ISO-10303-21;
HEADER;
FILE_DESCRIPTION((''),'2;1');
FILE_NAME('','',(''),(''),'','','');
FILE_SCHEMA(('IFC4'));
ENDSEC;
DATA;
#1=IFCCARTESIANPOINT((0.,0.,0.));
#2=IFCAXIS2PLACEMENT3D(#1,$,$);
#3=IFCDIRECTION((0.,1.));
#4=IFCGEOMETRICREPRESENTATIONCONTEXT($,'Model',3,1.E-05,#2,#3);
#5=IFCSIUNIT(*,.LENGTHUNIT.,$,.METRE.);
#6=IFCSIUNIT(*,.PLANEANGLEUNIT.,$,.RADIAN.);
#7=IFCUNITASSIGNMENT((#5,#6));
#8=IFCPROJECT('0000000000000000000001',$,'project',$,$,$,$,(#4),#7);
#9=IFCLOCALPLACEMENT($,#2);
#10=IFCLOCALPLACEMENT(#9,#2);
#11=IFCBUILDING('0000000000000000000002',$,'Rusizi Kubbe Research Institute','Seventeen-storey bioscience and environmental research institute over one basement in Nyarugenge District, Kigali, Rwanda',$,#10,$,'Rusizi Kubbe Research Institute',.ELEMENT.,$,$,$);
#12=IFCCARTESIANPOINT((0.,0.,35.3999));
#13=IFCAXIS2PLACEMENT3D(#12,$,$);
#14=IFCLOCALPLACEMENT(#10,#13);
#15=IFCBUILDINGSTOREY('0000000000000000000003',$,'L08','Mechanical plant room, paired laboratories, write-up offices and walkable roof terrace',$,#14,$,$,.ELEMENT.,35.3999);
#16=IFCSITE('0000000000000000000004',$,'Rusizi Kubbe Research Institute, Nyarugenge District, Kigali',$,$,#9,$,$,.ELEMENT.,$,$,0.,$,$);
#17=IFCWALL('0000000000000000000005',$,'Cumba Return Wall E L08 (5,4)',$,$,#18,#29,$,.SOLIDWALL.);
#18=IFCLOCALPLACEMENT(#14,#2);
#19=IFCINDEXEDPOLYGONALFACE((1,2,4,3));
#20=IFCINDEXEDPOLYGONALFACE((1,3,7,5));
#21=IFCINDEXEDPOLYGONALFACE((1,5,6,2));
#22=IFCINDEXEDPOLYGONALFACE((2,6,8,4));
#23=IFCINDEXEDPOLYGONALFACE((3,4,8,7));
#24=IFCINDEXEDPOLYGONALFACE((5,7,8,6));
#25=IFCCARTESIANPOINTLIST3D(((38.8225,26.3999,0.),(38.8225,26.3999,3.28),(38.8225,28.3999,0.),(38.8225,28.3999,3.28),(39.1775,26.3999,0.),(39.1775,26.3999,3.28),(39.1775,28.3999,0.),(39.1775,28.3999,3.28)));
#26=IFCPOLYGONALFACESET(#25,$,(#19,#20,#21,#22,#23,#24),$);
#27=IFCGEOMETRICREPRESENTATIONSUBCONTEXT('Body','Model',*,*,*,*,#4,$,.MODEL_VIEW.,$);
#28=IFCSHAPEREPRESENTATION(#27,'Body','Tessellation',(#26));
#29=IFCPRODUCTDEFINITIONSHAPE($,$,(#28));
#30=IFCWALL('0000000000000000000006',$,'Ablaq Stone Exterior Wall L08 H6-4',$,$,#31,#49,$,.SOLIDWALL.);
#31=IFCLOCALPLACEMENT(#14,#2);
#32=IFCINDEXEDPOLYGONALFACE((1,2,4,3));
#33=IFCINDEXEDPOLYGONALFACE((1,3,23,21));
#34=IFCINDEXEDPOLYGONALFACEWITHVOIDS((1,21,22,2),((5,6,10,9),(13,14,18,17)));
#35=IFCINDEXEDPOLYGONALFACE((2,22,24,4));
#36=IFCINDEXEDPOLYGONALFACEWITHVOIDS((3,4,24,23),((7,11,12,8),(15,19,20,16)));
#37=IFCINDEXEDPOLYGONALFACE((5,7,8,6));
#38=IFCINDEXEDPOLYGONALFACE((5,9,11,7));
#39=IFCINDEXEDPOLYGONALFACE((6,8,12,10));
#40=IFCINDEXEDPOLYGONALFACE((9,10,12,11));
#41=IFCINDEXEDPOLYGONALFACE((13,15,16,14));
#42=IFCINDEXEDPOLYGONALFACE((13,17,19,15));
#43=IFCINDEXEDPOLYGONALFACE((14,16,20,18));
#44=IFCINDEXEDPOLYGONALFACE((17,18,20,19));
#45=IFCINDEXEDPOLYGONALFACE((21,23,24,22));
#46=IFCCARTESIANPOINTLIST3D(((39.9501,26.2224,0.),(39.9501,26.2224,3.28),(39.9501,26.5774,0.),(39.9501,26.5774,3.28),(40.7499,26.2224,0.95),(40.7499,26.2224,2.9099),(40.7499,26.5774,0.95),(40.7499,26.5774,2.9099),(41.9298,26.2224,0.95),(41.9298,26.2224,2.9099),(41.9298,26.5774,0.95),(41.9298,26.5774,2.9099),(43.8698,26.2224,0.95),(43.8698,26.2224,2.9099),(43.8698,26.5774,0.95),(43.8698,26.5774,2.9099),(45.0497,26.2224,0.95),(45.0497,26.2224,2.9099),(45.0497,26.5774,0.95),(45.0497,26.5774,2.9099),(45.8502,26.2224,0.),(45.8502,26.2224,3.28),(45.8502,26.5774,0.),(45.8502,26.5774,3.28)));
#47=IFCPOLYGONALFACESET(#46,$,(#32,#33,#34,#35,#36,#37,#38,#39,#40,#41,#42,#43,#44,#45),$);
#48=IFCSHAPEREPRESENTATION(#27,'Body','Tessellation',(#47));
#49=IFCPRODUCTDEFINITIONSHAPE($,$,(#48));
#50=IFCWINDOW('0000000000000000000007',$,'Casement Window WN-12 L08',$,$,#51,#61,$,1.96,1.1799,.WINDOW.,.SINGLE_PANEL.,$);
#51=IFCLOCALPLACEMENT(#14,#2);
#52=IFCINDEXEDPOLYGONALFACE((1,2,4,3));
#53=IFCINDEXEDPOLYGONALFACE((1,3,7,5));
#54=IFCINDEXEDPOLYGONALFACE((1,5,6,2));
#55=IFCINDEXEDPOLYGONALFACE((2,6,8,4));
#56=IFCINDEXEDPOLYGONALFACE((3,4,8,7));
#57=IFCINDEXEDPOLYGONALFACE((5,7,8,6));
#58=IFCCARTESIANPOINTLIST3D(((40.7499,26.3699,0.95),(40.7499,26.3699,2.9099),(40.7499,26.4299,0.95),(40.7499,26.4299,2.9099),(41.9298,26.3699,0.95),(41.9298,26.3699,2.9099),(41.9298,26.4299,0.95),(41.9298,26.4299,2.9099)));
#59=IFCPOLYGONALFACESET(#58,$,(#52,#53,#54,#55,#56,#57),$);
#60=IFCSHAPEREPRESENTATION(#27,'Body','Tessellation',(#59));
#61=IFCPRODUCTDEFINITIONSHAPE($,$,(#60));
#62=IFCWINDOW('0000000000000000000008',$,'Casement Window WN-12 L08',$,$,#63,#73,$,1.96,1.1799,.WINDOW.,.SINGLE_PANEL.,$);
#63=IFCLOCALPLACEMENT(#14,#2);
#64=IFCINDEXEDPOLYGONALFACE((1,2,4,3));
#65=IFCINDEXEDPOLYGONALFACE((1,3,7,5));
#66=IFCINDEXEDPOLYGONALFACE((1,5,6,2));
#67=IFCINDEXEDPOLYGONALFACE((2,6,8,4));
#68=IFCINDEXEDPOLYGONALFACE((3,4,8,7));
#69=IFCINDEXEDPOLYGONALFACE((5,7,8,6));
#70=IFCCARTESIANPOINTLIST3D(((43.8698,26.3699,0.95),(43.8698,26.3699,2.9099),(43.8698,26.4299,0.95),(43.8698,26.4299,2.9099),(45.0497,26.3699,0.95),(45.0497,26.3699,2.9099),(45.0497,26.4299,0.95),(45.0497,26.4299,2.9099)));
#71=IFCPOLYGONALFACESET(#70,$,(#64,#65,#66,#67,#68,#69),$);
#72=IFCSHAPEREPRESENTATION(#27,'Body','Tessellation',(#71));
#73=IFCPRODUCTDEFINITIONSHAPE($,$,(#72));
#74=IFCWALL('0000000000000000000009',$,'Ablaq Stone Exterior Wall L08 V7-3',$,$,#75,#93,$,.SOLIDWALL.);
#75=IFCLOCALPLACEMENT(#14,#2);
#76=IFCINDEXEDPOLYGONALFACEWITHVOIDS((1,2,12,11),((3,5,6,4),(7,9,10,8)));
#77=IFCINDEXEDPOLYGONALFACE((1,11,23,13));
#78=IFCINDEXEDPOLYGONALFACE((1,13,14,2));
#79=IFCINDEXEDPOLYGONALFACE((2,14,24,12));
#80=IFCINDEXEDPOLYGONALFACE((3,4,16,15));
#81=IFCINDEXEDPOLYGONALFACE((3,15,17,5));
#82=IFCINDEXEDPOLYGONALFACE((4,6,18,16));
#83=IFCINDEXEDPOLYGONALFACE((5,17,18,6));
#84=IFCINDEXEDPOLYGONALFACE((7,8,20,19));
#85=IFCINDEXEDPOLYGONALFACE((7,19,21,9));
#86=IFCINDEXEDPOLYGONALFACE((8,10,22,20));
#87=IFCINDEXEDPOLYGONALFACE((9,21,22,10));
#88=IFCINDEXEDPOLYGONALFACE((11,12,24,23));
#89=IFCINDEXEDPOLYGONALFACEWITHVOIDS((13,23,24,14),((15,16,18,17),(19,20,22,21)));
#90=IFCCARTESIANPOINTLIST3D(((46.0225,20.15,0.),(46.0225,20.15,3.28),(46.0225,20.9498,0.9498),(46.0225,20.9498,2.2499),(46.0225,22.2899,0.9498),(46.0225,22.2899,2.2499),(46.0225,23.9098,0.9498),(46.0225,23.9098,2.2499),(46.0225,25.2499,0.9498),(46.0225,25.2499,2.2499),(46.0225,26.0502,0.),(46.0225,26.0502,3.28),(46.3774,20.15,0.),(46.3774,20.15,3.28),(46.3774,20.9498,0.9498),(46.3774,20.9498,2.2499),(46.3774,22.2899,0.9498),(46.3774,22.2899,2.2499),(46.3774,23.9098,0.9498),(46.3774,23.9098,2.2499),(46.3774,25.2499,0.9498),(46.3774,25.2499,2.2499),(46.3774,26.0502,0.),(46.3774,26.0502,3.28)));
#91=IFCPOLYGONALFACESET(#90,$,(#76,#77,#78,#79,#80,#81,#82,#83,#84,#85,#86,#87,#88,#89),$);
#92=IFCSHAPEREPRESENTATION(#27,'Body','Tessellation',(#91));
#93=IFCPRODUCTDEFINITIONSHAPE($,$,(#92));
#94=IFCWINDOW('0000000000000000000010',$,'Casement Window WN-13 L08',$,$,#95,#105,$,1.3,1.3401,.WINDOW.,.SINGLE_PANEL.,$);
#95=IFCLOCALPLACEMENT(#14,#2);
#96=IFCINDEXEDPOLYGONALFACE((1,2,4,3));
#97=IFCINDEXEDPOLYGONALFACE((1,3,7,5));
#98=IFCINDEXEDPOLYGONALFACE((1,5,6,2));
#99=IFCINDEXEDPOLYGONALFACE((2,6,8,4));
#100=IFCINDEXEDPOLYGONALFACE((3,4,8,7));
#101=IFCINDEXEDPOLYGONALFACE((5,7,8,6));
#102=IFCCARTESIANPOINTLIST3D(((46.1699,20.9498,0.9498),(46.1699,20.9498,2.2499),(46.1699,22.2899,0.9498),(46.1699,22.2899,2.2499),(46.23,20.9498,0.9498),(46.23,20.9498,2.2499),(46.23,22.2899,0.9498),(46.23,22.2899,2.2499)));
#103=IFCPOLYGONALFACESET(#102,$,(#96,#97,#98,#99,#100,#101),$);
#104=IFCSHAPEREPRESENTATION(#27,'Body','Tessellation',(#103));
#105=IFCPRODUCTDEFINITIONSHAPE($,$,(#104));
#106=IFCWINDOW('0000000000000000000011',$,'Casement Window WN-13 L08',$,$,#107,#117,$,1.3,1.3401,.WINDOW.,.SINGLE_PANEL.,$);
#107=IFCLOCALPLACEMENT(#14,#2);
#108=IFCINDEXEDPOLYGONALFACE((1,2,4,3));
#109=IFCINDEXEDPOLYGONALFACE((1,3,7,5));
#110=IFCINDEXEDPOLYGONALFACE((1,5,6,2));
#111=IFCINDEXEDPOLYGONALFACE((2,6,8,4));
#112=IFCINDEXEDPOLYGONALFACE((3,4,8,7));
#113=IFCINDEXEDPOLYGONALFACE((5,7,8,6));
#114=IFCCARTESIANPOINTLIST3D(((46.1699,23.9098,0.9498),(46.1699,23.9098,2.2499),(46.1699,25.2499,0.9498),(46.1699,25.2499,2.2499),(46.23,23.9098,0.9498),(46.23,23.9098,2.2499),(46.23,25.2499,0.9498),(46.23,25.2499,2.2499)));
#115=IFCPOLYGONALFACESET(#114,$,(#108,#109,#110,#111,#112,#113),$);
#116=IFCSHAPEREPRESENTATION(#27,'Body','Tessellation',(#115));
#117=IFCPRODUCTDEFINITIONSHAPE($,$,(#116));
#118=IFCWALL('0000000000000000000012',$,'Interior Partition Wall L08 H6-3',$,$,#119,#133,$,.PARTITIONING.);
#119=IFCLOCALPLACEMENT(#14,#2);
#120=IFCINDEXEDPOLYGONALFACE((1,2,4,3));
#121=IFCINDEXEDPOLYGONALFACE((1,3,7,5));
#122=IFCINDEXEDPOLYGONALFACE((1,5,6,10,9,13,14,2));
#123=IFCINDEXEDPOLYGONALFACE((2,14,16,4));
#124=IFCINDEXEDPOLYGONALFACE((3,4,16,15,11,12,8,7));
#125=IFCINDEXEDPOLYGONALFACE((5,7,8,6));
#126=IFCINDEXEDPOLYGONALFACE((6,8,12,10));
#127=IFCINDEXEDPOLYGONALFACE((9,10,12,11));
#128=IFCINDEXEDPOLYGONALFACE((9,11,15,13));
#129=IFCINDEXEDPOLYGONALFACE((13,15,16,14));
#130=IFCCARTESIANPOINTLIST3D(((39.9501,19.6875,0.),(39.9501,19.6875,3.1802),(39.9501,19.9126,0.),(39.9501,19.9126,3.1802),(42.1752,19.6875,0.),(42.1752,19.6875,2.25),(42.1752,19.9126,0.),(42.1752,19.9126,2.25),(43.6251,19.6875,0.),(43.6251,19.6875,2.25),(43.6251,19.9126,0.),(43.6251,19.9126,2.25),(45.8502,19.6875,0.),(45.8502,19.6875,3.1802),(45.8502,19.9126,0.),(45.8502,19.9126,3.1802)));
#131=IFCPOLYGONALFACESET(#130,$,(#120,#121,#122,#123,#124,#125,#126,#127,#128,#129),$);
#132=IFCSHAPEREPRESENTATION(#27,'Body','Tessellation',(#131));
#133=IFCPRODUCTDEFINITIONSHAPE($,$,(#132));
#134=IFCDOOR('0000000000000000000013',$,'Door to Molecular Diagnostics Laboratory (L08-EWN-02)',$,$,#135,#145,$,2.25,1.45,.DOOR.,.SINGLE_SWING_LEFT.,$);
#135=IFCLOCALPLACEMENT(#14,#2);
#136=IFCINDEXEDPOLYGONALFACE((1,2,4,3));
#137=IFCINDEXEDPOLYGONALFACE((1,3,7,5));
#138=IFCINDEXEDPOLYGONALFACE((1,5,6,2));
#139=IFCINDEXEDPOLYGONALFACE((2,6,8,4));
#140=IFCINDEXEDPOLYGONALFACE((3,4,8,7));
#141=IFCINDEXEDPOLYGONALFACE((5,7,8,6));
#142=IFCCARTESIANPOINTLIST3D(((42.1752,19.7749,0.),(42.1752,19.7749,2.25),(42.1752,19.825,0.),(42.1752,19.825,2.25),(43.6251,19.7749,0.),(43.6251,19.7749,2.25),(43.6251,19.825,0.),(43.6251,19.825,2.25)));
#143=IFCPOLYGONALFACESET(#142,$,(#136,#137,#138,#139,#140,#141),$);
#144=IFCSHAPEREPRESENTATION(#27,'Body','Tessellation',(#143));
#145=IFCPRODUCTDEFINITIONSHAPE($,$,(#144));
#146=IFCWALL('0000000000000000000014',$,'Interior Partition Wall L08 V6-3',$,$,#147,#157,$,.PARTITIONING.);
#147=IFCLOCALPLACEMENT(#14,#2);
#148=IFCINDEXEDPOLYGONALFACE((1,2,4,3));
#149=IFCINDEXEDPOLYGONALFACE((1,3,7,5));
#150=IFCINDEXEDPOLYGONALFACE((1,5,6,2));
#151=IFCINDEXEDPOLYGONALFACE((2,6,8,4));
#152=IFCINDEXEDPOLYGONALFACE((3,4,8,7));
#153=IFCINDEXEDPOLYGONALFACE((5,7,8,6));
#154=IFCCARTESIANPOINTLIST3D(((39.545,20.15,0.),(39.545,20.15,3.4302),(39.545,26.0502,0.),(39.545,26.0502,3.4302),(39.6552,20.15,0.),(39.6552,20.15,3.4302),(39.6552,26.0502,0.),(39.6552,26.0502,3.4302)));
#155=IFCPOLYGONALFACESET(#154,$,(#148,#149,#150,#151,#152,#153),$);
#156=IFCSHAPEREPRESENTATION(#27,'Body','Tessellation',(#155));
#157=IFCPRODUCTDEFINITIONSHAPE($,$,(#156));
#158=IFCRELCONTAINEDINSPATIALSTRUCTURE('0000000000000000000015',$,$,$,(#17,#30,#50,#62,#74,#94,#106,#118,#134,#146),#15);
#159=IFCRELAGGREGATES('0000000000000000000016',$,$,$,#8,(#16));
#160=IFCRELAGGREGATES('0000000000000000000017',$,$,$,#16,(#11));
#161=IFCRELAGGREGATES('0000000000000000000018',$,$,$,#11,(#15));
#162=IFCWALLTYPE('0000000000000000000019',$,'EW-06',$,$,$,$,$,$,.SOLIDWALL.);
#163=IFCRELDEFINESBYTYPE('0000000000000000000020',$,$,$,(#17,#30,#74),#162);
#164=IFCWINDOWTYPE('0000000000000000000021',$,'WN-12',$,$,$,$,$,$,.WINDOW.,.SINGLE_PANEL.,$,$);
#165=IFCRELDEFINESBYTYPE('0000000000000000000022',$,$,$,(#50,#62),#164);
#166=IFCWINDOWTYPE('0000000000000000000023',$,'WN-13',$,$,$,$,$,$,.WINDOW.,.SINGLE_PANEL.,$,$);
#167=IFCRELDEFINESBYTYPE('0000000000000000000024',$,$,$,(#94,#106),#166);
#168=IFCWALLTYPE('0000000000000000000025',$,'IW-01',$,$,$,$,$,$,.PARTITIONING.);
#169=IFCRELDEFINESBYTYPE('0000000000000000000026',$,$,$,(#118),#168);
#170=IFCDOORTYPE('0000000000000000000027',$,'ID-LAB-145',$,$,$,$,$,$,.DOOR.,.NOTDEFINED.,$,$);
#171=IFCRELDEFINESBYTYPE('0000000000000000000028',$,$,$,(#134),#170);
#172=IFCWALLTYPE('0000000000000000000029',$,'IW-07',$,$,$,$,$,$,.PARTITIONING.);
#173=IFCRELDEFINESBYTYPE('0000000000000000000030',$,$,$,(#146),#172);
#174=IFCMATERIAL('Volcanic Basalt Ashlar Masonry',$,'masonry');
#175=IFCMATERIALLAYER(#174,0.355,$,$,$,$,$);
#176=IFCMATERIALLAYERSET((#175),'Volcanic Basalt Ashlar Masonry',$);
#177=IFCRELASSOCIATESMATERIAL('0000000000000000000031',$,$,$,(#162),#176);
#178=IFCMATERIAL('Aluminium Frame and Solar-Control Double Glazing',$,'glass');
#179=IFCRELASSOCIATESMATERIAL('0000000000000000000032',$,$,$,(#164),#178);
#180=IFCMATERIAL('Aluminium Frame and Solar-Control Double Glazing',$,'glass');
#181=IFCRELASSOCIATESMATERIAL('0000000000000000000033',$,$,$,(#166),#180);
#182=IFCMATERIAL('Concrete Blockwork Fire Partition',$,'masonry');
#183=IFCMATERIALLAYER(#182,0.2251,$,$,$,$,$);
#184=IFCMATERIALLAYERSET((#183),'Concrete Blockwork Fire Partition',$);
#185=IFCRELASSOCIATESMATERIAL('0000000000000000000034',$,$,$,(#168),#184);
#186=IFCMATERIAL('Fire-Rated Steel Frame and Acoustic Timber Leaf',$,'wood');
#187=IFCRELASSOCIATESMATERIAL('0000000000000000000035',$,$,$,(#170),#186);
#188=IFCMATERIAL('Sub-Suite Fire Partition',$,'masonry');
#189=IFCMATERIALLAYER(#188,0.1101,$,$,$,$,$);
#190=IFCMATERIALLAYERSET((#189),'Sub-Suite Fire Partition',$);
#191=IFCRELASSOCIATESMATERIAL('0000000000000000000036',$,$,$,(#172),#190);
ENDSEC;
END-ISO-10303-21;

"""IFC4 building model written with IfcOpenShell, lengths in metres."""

from ifc_helpers import new_model, si_unit, direction, frame, frame_2d, origin, place, context, subcontext, project, spatial, rectangle, extrude, material, layer, layer_set, type_object, element, fill, save


model = new_model("IFC4")

# Units and contexts
model_context = context("Model", 3, precision=1e-05, world=origin(), true_north=direction((0.0, 1.0)))
body_context = subcontext(model_context, "Body", "Model", "MODEL_VIEW")
ifc_project = project(units=[si_unit("LENGTHUNIT", "METRE"), si_unit("PLANEANGLEUNIT", "RADIAN")], contexts=[model_context])

# Site, building, storey
site_placement = place(None, origin())
site = spatial("IfcSite", under=ifc_project, at=site_placement, Name="Rusizi Kubbe Research Institute, Nyarugenge District, Kigali", CompositionType="ELEMENT", RefElevation=0.0)
building_placement = place(site_placement, origin())
building = spatial("IfcBuilding", under=site, at=building_placement, Name="Rusizi Kubbe Research Institute", Description="Seventeen-storey bioscience and environmental research institute over one basement in Nyarugenge District, Kigali, Rwanda", LongName="Rusizi Kubbe Research Institute", CompositionType="ELEMENT")
storey_placement = place(building_placement, frame((0.0, 0.0, 35.3999)))
storey = spatial("IfcBuildingStorey", under=building, at=storey_placement, Name="L08", Description="Mechanical plant room, paired laboratories, write-up offices and walkable roof terrace", CompositionType="ELEMENT", Elevation=35.3999)

# Wall
ifc_material_1 = material(Name="Volcanic Basalt Ashlar Masonry", Category="masonry")
ifc_layer_1 = layer(ifc_material_1, 0.355)
ifc_layer_set_1 = layer_set([ifc_layer_1], Name="Volcanic Basalt Ashlar Masonry")
wall_type_1 = type_object("IfcWallType", Name="EW-06", PredefinedType="SOLIDWALL", material=ifc_layer_set_1)
wall_1_placement = place(storey_placement, frame((39.0, 26.3999, 0.0), z_axis=(0.0, 0.0, 1.0), x_axis=(0.0, 1.0, 0.0)))
element("IfcWall", 1, at=wall_1_placement, inside=storey, type_object=wall_type_1, Name="Cumba Return Wall E L08 (5,4)", PredefinedType="SOLIDWALL", context=body_context, shape_type="SweptSolid", body=[
    extrude(rectangle(XDim=2.0, YDim=0.355, at=frame_2d((1.0, 0.0))), origin(), (0.0, 0.0, 1.0), 3.28),
])

# Walls, openings, windows
wall_2_placement = place(storey_placement, frame((39.95, 26.3999, 0.0), z_axis=(0.0, 0.0, 1.0), x_axis=(1.0, 0.0, 0.0)))
wall_2 = element("IfcWall", 2, at=wall_2_placement, inside=storey, type_object=wall_type_1, Name="Ablaq Stone Exterior Wall L08 H6-4", PredefinedType="SOLIDWALL", context=body_context, shape_type="SweptSolid", body=[
    extrude(rectangle(XDim=5.9001, YDim=0.355, at=frame_2d((2.9502, 0.0))), origin(), (0.0, 0.0, 1.0), 3.28),
])
opening_1_placement = place(wall_2_placement, frame((0.8, 0.0, 0.95)))
opening_1 = element("IfcOpeningElement", 3, at=opening_1_placement, cuts=wall_2, PredefinedType="OPENING", context=body_context, shape_type="SweptSolid", body=[
    extrude(rectangle(XDim=1.1799, YDim=1.96, at=frame_2d((0.5898, 0.98))), frame((0.0, 0.1875, 0.0), z_axis=(0.0, -1.0, 0.0), x_axis=(1.0, 0.0, 0.0)), (0.0, 0.0, 1.0), 0.375),
])
opening_2_placement = place(wall_2_placement, frame((3.9199, 0.0, 0.95)))
opening_2 = element("IfcOpeningElement", 4, at=opening_2_placement, cuts=wall_2, PredefinedType="OPENING", context=body_context, shape_type="SweptSolid", body=[
    extrude(rectangle(XDim=1.1799, YDim=1.96, at=frame_2d((0.5898, 0.98))), frame((0.0, 0.1875, 0.0), z_axis=(0.0, -1.0, 0.0), x_axis=(1.0, 0.0, 0.0)), (0.0, 0.0, 1.0), 0.375),
])
ifc_material_2 = material(Name="Aluminium Frame and Solar-Control Double Glazing", Category="glass")
window_type_1 = type_object("IfcWindowType", Name="WN-12", PartitioningType="SINGLE_PANEL", PredefinedType="WINDOW", material=ifc_material_2)
window_1_placement = place(opening_1_placement, origin())
window_1 = element("IfcWindow", 5, at=window_1_placement, inside=storey, type_object=window_type_1, Name="Casement Window WN-12 L08", OverallHeight=1.96, OverallWidth=1.1799, PartitioningType="SINGLE_PANEL", PredefinedType="WINDOW", context=body_context, shape_type="SweptSolid", body=[
    extrude(rectangle(XDim=1.1799, YDim=1.96, at=frame_2d((0.5898, 0.98))), frame((0.0, 0.03, 0.0), z_axis=(0.0, -1.0, 0.0), x_axis=(1.0, 0.0, 0.0)), (0.0, 0.0, 1.0), 0.0601),
])
fill(opening_1, window_1)
window_2_placement = place(opening_2_placement, origin())
window_2 = element("IfcWindow", 6, at=window_2_placement, inside=storey, type_object=window_type_1, Name="Casement Window WN-12 L08", OverallHeight=1.96, OverallWidth=1.1799, PartitioningType="SINGLE_PANEL", PredefinedType="WINDOW", context=body_context, shape_type="SweptSolid", body=[
    extrude(rectangle(XDim=1.1799, YDim=1.96, at=frame_2d((0.5898, 0.98))), frame((0.0, 0.03, 0.0), z_axis=(0.0, -1.0, 0.0), x_axis=(1.0, 0.0, 0.0)), (0.0, 0.0, 1.0), 0.0601),
])
fill(opening_2, window_2)
wall_3_placement = place(storey_placement, frame((46.2, 20.1499, 0.0), z_axis=(0.0, 0.0, 1.0), x_axis=(0.0, 1.0, 0.0)))
wall_3 = element("IfcWall", 7, at=wall_3_placement, inside=storey, type_object=wall_type_1, Name="Ablaq Stone Exterior Wall L08 V7-3", PredefinedType="SOLIDWALL", context=body_context, shape_type="SweptSolid", body=[
    extrude(rectangle(XDim=5.9001, YDim=0.355, at=frame_2d((2.9502, 0.0))), origin(), (0.0, 0.0, 1.0), 3.28),
])
opening_3_placement = place(wall_3_placement, frame((0.8, 0.0, 0.95)))
opening_3 = element("IfcOpeningElement", 8, at=opening_3_placement, cuts=wall_3, PredefinedType="OPENING", context=body_context, shape_type="SweptSolid", body=[
    extrude(rectangle(XDim=1.3401, YDim=1.3, at=frame_2d((0.6699, 0.6499))), frame((0.0, 0.1875, 0.0), z_axis=(0.0, -1.0, 0.0), x_axis=(1.0, 0.0, 0.0)), (0.0, 0.0, 1.0), 0.375),
])
opening_4_placement = place(wall_3_placement, frame((3.76, 0.0, 0.95)))
opening_4 = element("IfcOpeningElement", 9, at=opening_4_placement, cuts=wall_3, PredefinedType="OPENING", context=body_context, shape_type="SweptSolid", body=[
    extrude(rectangle(XDim=1.3401, YDim=1.3, at=frame_2d((0.6699, 0.6499))), frame((0.0, 0.1875, 0.0), z_axis=(0.0, -1.0, 0.0), x_axis=(1.0, 0.0, 0.0)), (0.0, 0.0, 1.0), 0.375),
])
ifc_material_3 = material(Name="Aluminium Frame and Solar-Control Double Glazing", Category="glass")
window_type_2 = type_object("IfcWindowType", Name="WN-13", PartitioningType="SINGLE_PANEL", PredefinedType="WINDOW", material=ifc_material_3)
window_3_placement = place(opening_3_placement, origin())
window_3 = element("IfcWindow", 10, at=window_3_placement, inside=storey, type_object=window_type_2, Name="Casement Window WN-13 L08", OverallHeight=1.3, OverallWidth=1.3401, PartitioningType="SINGLE_PANEL", PredefinedType="WINDOW", context=body_context, shape_type="SweptSolid", body=[
    extrude(rectangle(XDim=1.3401, YDim=1.3, at=frame_2d((0.6699, 0.6499))), frame((0.0, 0.03, 0.0), z_axis=(0.0, -1.0, 0.0), x_axis=(1.0, 0.0, 0.0)), (0.0, 0.0, 1.0), 0.0601),
])
fill(opening_3, window_3)
window_4_placement = place(opening_4_placement, origin())
window_4 = element("IfcWindow", 11, at=window_4_placement, inside=storey, type_object=window_type_2, Name="Casement Window WN-13 L08", OverallHeight=1.3, OverallWidth=1.3401, PartitioningType="SINGLE_PANEL", PredefinedType="WINDOW", context=body_context, shape_type="SweptSolid", body=[
    extrude(rectangle(XDim=1.3401, YDim=1.3, at=frame_2d((0.6699, 0.6499))), frame((0.0, 0.03, 0.0), z_axis=(0.0, -1.0, 0.0), x_axis=(1.0, 0.0, 0.0)), (0.0, 0.0, 1.0), 0.0601),
])
fill(opening_4, window_4)

# Wall, opening, door
ifc_material_4 = material(Name="Concrete Blockwork Fire Partition", Category="masonry")
ifc_layer_2 = layer(ifc_material_4, 0.2251)
ifc_layer_set_2 = layer_set([ifc_layer_2], Name="Concrete Blockwork Fire Partition")
wall_type_2 = type_object("IfcWallType", Name="IW-01", PredefinedType="PARTITIONING", material=ifc_layer_set_2)
wall_4_placement = place(storey_placement, frame((39.95, 19.8, 0.0), z_axis=(0.0, 0.0, 1.0), x_axis=(1.0, 0.0, 0.0)))
wall_4 = element("IfcWall", 12, at=wall_4_placement, inside=storey, type_object=wall_type_2, Name="Interior Partition Wall L08 H6-3", PredefinedType="PARTITIONING", context=body_context, shape_type="SweptSolid", body=[
    extrude(rectangle(XDim=5.9001, YDim=0.2251, at=frame_2d((2.9502, 0.0))), origin(), (0.0, 0.0, 1.0), 3.1802),
])
opening_5_placement = place(wall_4_placement, frame((2.2251, 0.0, 0.0)))
opening_5 = element("IfcOpeningElement", 13, at=opening_5_placement, cuts=wall_4, PredefinedType="OPENING", context=body_context, shape_type="SweptSolid", body=[
    extrude(rectangle(XDim=1.45, YDim=2.25, at=frame_2d((0.7251, 1.125))), frame((0.0, 0.1226, 0.0), z_axis=(0.0, -1.0, 0.0), x_axis=(1.0, 0.0, 0.0)), (0.0, 0.0, 1.0), 0.2451),
])
ifc_material_5 = material(Name="Fire-Rated Steel Frame and Acoustic Timber Leaf", Category="wood")
door_type = type_object("IfcDoorType", Name="ID-LAB-145", OperationType="NOTDEFINED", PredefinedType="DOOR", material=ifc_material_5)
door_placement = place(opening_5_placement, origin())
door = element("IfcDoor", 14, at=door_placement, inside=storey, type_object=door_type, Name="Door to Molecular Diagnostics Laboratory (L08-EWN-02)", OperationType="SINGLE_SWING_LEFT", OverallHeight=2.25, OverallWidth=1.45, PredefinedType="DOOR", context=body_context, shape_type="SweptSolid", body=[
    extrude(rectangle(XDim=1.45, YDim=2.25, at=frame_2d((0.7251, 1.125))), frame((0.0, 0.0249, 0.0), z_axis=(0.0, -1.0, 0.0), x_axis=(1.0, 0.0, 0.0)), (0.0, 0.0, 1.0), 0.05),
])
fill(opening_5, door)

# Wall
ifc_material_6 = material(Name="Sub-Suite Fire Partition", Category="masonry")
ifc_layer_3 = layer(ifc_material_6, 0.1101)
ifc_layer_set_3 = layer_set([ifc_layer_3], Name="Sub-Suite Fire Partition")
wall_type_3 = type_object("IfcWallType", Name="IW-07", PredefinedType="PARTITIONING", material=ifc_layer_set_3)
wall_5_placement = place(storey_placement, frame((39.6001, 20.1499, 0.0), z_axis=(0.0, 0.0, 1.0), x_axis=(0.0, 1.0, 0.0)))
element("IfcWall", 15, at=wall_5_placement, inside=storey, type_object=wall_type_3, Name="Interior Partition Wall L08 V6-3", PredefinedType="PARTITIONING", context=body_context, shape_type="SweptSolid", body=[
    extrude(rectangle(XDim=5.9001, YDim=0.1101, at=frame_2d((2.9502, 0.0))), origin(), (0.0, 0.0, 1.0), 3.4302),
])

save(model, "model.ifc")
